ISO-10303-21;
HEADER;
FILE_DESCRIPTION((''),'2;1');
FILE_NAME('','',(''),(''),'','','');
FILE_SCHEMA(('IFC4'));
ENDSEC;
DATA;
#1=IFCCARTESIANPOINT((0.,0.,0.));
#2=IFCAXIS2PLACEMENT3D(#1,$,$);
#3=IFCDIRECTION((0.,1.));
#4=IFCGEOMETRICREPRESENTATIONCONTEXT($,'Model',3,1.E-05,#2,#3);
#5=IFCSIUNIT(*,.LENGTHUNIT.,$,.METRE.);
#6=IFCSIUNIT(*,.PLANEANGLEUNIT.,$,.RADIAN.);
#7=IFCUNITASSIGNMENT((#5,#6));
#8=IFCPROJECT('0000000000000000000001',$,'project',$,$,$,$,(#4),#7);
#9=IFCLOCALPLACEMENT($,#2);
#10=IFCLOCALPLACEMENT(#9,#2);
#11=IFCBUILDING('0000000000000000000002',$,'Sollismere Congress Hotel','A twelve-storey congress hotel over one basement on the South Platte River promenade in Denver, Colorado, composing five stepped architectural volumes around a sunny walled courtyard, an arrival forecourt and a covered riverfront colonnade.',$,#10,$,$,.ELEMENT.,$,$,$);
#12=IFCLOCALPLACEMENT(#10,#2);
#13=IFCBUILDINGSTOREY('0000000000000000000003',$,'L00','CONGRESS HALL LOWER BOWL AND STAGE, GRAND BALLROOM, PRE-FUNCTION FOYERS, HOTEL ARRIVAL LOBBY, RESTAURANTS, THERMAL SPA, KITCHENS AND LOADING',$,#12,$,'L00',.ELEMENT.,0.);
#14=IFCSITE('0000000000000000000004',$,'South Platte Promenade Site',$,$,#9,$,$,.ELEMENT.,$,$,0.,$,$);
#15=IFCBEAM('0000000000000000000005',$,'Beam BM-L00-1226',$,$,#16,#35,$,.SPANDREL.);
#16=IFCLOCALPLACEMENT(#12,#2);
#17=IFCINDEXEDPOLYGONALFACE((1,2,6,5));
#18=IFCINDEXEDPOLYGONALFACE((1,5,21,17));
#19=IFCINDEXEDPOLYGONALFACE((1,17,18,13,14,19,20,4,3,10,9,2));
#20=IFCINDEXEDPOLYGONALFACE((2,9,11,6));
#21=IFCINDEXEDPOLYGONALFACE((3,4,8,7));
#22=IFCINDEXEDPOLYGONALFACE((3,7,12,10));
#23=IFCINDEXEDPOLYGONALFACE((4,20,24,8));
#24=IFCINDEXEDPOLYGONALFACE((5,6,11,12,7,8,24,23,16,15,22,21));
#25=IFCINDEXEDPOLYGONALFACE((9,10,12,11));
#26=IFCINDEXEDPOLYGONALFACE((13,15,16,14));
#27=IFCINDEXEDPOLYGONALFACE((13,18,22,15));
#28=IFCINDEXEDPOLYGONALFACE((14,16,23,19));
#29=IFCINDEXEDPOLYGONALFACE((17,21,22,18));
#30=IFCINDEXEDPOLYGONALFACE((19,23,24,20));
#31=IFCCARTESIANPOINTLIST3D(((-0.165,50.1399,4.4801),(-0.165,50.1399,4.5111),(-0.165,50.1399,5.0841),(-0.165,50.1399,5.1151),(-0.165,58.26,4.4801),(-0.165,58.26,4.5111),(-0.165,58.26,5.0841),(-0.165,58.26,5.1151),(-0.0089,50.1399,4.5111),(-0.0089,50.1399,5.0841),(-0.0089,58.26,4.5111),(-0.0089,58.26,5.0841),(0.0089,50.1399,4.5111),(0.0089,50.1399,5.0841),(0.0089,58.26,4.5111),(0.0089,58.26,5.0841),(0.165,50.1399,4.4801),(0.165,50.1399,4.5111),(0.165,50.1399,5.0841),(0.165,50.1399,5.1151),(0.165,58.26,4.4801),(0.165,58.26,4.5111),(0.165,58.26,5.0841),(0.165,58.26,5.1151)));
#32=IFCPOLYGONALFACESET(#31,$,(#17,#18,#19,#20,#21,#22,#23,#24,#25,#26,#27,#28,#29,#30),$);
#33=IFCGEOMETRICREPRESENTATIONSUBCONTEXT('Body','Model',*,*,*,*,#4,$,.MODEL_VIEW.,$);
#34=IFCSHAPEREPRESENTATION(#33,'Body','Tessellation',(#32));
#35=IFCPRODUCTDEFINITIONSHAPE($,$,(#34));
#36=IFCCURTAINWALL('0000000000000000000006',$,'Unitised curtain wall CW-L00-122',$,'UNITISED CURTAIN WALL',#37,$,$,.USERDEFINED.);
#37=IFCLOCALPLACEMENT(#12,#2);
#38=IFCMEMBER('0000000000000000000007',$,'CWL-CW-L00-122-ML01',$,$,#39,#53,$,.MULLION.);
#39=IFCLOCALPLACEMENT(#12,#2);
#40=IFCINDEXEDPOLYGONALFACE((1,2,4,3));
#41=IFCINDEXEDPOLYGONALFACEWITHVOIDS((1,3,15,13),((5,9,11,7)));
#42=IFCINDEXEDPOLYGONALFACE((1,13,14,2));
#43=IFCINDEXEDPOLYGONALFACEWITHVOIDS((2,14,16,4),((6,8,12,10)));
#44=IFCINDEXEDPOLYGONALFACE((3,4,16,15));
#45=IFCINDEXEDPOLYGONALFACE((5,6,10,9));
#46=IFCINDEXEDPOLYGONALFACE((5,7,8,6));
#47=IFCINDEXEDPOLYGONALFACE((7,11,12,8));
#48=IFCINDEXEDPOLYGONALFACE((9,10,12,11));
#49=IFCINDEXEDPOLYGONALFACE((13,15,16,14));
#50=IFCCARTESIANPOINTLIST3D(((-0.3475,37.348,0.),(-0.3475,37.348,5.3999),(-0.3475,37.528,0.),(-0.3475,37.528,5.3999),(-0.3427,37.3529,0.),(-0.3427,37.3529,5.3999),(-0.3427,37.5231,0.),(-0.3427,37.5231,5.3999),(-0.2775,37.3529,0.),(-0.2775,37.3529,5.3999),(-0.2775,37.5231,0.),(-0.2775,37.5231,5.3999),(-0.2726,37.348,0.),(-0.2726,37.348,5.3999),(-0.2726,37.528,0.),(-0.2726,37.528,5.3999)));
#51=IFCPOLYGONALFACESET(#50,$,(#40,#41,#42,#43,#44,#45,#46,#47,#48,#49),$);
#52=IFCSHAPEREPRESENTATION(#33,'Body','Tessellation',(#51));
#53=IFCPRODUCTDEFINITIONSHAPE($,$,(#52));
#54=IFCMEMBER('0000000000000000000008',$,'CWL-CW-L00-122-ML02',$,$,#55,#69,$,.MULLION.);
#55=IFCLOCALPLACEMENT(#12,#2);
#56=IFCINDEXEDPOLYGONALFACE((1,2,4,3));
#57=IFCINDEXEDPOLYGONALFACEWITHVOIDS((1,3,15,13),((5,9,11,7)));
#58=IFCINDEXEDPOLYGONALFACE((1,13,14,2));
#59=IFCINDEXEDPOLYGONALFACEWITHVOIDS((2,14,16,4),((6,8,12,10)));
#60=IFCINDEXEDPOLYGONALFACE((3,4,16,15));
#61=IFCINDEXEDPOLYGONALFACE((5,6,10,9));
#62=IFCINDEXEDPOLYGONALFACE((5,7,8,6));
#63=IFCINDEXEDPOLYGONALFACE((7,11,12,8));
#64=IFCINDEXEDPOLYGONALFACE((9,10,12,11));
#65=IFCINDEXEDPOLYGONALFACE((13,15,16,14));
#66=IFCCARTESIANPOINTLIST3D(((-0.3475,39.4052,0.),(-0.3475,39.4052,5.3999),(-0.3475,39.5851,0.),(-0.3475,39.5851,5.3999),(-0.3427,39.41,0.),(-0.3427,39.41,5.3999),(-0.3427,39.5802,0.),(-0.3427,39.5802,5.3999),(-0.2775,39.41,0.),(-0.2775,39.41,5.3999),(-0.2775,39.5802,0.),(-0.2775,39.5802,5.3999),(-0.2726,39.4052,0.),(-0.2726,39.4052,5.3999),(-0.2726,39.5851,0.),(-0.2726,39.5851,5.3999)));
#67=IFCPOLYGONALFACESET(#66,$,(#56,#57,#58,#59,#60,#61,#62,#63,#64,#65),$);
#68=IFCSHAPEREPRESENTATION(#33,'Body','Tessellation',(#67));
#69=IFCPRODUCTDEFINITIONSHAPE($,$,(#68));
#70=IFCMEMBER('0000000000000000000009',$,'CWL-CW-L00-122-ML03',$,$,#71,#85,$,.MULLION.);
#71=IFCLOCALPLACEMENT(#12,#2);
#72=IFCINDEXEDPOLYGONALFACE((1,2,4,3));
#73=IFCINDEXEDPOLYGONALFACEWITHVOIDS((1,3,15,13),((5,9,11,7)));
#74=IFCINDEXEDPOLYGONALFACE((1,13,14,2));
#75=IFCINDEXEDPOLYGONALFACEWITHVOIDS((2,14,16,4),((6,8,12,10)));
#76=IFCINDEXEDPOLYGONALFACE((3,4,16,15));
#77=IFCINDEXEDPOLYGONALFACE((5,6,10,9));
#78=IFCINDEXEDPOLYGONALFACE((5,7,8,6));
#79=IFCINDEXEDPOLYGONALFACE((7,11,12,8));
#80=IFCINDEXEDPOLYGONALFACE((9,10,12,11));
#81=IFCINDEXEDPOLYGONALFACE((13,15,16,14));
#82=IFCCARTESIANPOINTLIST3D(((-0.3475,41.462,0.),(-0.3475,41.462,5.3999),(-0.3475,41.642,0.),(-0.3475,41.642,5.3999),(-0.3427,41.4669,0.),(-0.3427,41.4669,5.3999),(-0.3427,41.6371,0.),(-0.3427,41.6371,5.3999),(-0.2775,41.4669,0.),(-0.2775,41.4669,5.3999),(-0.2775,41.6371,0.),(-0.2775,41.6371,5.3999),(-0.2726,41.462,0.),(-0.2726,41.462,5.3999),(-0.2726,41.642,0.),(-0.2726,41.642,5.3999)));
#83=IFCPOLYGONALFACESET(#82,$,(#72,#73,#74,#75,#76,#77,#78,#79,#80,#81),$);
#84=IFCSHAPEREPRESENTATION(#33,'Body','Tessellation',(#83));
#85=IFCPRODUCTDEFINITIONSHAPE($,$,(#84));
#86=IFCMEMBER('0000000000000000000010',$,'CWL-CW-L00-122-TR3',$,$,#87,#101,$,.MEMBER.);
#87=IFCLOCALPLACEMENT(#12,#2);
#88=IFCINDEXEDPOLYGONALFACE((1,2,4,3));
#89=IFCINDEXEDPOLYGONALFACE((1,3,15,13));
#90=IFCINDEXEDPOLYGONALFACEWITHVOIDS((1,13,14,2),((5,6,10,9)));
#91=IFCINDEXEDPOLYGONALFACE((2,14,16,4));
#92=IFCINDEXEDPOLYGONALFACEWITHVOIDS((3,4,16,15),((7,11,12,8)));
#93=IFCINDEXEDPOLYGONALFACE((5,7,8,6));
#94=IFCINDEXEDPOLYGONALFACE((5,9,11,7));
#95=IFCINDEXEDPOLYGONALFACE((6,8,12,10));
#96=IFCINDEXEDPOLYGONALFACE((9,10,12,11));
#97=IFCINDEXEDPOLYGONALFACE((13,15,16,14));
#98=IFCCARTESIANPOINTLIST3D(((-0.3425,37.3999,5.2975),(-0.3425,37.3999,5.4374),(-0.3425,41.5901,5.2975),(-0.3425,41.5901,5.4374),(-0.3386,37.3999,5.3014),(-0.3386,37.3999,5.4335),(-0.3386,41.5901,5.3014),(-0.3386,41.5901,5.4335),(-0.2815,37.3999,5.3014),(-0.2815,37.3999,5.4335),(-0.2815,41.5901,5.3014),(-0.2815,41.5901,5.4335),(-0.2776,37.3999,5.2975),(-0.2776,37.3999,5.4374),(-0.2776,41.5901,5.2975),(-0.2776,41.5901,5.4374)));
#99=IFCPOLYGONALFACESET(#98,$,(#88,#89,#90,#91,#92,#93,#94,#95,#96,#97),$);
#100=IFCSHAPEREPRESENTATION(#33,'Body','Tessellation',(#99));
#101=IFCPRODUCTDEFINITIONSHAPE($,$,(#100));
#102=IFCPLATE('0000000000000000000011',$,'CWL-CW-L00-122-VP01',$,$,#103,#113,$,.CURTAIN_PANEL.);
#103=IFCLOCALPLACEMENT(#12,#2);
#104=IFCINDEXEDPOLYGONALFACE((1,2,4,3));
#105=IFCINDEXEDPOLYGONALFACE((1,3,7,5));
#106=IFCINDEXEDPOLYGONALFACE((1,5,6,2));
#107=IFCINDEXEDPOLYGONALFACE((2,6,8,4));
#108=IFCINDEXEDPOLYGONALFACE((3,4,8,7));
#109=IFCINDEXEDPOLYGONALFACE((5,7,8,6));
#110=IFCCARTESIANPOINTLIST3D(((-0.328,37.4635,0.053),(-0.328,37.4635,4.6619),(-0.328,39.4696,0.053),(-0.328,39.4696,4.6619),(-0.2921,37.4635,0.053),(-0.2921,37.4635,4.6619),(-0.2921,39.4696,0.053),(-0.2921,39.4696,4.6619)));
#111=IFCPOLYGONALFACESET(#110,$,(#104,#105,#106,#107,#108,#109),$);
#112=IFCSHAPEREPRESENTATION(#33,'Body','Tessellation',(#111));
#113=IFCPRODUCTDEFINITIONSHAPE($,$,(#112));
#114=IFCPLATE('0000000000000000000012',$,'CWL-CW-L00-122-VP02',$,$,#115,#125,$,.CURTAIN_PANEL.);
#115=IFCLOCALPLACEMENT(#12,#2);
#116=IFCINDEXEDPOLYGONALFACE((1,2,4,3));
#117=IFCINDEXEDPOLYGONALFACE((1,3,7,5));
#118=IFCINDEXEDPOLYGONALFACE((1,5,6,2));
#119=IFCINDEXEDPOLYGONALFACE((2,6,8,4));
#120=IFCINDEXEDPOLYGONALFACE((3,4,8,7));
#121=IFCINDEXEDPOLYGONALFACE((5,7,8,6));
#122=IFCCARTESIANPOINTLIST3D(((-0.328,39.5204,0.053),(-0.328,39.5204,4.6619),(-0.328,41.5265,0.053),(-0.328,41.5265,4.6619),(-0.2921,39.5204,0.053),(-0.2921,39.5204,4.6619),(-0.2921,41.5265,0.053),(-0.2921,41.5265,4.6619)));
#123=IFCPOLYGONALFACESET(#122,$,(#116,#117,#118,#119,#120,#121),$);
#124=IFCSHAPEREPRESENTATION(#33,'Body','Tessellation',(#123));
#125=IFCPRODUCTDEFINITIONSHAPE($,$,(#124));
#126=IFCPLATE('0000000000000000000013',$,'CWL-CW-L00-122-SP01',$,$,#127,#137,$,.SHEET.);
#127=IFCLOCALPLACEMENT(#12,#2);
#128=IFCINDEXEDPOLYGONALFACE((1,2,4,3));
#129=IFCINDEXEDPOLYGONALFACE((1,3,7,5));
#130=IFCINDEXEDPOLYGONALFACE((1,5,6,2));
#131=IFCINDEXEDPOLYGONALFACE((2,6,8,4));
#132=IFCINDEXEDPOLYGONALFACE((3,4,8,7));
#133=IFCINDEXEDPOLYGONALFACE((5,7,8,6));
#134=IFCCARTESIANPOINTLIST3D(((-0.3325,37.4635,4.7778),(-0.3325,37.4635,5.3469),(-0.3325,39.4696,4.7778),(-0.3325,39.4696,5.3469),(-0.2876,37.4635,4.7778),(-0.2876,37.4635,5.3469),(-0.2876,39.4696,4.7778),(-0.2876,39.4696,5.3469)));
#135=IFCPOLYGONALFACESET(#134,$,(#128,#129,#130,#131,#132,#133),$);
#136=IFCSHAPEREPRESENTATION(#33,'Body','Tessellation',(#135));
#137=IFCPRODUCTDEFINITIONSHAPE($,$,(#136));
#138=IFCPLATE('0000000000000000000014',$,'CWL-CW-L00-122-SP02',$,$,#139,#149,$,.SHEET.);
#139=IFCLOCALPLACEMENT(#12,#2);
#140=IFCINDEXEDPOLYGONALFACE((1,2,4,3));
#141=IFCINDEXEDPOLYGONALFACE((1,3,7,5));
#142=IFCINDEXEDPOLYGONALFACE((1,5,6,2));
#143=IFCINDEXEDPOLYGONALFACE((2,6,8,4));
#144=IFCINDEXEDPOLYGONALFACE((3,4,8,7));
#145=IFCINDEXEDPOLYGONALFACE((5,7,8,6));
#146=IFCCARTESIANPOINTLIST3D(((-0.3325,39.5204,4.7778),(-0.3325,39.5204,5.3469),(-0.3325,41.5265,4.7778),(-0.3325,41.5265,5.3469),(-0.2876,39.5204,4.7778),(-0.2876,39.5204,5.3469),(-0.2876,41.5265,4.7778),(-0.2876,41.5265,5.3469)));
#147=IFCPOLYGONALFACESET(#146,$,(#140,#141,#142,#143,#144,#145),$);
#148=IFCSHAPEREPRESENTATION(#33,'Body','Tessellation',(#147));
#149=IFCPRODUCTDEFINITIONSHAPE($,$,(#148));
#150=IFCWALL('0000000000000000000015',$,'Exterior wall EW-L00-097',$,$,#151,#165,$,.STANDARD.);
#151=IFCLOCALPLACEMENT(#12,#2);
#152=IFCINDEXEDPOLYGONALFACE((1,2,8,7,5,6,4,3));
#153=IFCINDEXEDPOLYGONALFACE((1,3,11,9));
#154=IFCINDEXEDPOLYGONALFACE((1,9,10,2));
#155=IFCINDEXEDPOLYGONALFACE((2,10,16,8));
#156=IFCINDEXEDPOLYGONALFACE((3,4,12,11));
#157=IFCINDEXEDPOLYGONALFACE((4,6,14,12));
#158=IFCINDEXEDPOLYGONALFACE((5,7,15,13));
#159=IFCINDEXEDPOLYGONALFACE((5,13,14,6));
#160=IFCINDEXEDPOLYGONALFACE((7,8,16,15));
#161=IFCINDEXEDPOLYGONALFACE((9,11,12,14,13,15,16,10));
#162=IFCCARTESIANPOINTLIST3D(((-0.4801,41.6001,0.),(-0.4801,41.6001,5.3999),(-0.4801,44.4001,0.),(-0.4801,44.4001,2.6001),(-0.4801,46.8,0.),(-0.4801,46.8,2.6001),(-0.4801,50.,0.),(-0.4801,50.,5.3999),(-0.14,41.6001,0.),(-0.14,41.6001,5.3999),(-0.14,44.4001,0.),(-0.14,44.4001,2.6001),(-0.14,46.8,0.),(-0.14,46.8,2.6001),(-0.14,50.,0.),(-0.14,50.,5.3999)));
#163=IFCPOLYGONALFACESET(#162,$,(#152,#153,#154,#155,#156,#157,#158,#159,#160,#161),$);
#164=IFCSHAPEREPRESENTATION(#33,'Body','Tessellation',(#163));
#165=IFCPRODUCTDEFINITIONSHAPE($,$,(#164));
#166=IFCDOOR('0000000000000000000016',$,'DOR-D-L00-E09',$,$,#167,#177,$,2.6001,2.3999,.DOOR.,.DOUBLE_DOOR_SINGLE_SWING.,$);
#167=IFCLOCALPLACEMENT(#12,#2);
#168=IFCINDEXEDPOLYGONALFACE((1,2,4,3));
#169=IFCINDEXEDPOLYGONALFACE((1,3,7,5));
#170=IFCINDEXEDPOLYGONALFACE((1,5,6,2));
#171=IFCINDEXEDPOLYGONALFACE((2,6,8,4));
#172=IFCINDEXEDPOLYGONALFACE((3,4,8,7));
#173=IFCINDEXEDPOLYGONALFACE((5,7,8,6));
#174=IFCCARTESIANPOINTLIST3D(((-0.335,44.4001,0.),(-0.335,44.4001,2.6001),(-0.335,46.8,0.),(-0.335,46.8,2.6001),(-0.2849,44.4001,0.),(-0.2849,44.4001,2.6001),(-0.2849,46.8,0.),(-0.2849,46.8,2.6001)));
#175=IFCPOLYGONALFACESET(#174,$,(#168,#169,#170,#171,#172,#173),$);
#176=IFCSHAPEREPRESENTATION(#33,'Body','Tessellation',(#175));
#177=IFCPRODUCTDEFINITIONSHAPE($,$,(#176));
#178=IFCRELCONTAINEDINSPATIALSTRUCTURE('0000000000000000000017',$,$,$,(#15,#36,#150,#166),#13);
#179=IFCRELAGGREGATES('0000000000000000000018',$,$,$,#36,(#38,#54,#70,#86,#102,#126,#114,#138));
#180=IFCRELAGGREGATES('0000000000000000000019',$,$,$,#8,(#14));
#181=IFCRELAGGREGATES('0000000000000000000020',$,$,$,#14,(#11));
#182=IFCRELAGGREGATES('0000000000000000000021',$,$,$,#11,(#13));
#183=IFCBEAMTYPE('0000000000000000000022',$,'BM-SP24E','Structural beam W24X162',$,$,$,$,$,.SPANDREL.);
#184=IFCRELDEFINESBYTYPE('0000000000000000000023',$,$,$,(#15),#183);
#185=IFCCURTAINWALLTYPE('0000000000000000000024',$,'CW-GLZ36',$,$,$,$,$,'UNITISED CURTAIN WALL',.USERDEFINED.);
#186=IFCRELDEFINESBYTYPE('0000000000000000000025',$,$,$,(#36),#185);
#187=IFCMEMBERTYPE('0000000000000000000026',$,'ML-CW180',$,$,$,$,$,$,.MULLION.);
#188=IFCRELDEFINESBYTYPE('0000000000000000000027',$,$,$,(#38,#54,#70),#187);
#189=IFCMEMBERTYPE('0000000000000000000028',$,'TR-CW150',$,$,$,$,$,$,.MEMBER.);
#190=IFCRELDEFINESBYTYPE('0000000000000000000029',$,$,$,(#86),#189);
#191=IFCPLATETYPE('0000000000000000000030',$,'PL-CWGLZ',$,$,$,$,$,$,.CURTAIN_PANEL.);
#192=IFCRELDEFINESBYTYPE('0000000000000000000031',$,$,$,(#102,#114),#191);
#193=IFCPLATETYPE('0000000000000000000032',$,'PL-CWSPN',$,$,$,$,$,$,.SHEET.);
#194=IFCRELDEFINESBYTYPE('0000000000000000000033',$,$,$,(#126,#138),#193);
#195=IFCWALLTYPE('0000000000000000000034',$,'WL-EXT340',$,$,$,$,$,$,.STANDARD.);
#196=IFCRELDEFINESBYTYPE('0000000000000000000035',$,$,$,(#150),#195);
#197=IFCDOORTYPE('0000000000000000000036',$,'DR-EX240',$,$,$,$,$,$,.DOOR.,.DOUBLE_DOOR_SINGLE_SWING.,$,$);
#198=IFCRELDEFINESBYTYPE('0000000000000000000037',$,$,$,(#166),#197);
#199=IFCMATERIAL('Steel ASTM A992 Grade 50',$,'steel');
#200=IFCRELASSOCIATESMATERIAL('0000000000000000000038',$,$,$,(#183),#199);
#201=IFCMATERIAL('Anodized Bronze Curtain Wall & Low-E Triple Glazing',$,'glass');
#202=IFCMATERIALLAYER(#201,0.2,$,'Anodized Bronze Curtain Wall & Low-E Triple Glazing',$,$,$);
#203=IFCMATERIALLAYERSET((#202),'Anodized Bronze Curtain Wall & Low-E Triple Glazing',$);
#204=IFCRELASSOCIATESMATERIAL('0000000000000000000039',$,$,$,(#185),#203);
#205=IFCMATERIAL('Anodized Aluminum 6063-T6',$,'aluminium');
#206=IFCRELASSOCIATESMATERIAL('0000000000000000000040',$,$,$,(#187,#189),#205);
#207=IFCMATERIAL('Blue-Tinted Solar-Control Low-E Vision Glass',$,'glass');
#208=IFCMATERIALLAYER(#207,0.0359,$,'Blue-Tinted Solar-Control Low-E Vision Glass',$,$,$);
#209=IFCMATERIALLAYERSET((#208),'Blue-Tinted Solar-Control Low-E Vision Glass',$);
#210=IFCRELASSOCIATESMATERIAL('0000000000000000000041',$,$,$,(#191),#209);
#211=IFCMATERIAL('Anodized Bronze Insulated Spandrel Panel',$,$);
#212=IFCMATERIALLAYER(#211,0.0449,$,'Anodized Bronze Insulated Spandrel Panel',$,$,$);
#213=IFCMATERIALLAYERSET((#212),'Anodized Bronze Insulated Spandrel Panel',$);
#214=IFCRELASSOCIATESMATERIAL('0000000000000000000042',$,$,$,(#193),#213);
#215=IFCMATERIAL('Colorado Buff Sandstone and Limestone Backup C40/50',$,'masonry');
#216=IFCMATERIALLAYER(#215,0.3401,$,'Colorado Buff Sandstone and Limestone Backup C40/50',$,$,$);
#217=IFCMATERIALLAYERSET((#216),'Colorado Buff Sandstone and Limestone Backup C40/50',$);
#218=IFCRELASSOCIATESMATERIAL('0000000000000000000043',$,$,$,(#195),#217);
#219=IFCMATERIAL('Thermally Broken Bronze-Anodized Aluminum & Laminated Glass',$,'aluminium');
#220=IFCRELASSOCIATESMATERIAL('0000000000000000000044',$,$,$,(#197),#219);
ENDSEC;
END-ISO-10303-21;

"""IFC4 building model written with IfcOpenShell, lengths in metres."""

from ifc_helpers import new_model, si_unit, direction, frame, frame_2d, origin, origin_2d, place, context, subcontext, project, spatial, rectangle, hollow_rectangle, i_section, extrude, material, layer, layer_set, material_profile, profile_set, type_object, element, fill, aggregate, save


model = new_model("IFC4")

# Units and contexts
model_context = context("Model", 3, precision=1e-05, world=origin(), true_north=direction((0.0, 1.0)))
body_context = subcontext(model_context, "Body", "Model", "MODEL_VIEW")
ifc_project = project(units=[si_unit("LENGTHUNIT", "METRE"), si_unit("PLANEANGLEUNIT", "RADIAN")], contexts=[model_context])

# Site, building, storey
site_placement = place(None, origin())
site = spatial("IfcSite", under=ifc_project, at=site_placement, Name="South Platte Promenade Site", CompositionType="ELEMENT", RefElevation=0.0)
building_placement = place(site_placement, origin())
building = spatial("IfcBuilding", under=site, at=building_placement, Name="Sollismere Congress Hotel", Description="A twelve-storey congress hotel over one basement on the South Platte River promenade in Denver, Colorado, composing five stepped architectural volumes around a sunny walled courtyard, an arrival forecourt and a covered riverfront colonnade.", CompositionType="ELEMENT")
storey_placement = place(building_placement, origin())
storey = spatial("IfcBuildingStorey", under=building, at=storey_placement, Name="L00", Description="CONGRESS HALL LOWER BOWL AND STAGE, GRAND BALLROOM, PRE-FUNCTION FOYERS, HOTEL ARRIVAL LOBBY, RESTAURANTS, THERMAL SPA, KITCHENS AND LOADING", LongName="L00", CompositionType="ELEMENT", Elevation=0.0)

# Shared definitions
ifc_material_1 = material(Name="Steel ASTM A992 Grade 50", Category="steel")

# Beam
ifc_material_profile_1 = material_profile(ifc_material_1, i_section(OverallWidth=0.3301, OverallDepth=0.635, WebThickness=0.0178, FlangeThickness=0.031, at=origin_2d()), Name="W24X162")
ifc_profile_set_1 = profile_set([ifc_material_profile_1], Name="Steel ASTM A992 Grade 50")
beam_type_1 = type_object("IfcBeamType", Name="BM-SP24E", Description="Structural beam W24X162", PredefinedType="SPANDREL", material=ifc_profile_set_1)
for number, where, z_axis, x_axis, name in (
    (1, (0.0, 50.1399, 4.7976), (0.0, 1.0, 0.0), (-1.0, 0.0, 0.0), "Beam BM-L00-1226"),
):
    element("IfcBeam", number, at=place(storey_placement, frame(where, z_axis=z_axis, x_axis=x_axis)), inside=storey, type_object=beam_type_1, Name=name, PredefinedType="SPANDREL", context=body_context, shape_type="SweptSolid", body=[
        extrude(i_section(OverallWidth=0.3301, OverallDepth=0.635, WebThickness=0.0178, FlangeThickness=0.031, at=origin_2d()), origin(), (0.0, 0.0, 1.0), 8.1201),
    ])

# Curtain wall, members, plates
ifc_material_2 = material(Name="Anodized Bronze Curtain Wall & Low-E Triple Glazing", Category="glass")
ifc_layer_1 = layer(ifc_material_2, 0.2, Name="Anodized Bronze Curtain Wall & Low-E Triple Glazing")
ifc_layer_set_1 = layer_set([ifc_layer_1], Name="Anodized Bronze Curtain Wall & Low-E Triple Glazing")
curtain_wall_type = type_object("IfcCurtainWallType", Name="CW-GLZ36", ElementType="UNITISED CURTAIN WALL", PredefinedType="USERDEFINED", material=ifc_layer_set_1)
curtain_wall_placement = place(storey_placement, origin())
curtain_wall = element("IfcCurtainWall", 2, at=curtain_wall_placement, inside=storey, type_object=curtain_wall_type, Name="Unitised curtain wall CW-L00-122", ObjectType="UNITISED CURTAIN WALL", PredefinedType="USERDEFINED")
ifc_material_3 = material(Name="Anodized Aluminum 6063-T6", Category="aluminium")
ifc_material_profile_2 = material_profile(ifc_material_3, hollow_rectangle(XDim=0.075, YDim=0.1799, WallThickness=0.0049, at=origin_2d()), Name="ALU180X75X5")
ifc_profile_set_2 = profile_set([ifc_material_profile_2], Name="Anodized Aluminum 6063-T6")
member_type_1 = type_object("IfcMemberType", Name="ML-CW180", PredefinedType="MULLION", material=ifc_profile_set_2)
member_1_placement = place(storey_placement, frame((-0.3101, 37.438, 0.0), z_axis=(0.0, 0.0, 1.0), x_axis=(-1.0, 0.0, 0.0)))
member_1 = element("IfcMember", 3, at=member_1_placement, type_object=member_type_1, Name="CWL-CW-L00-122-ML01", PredefinedType="MULLION", context=body_context, shape_type="SweptSolid", body=[
    extrude(hollow_rectangle(XDim=0.075, YDim=0.1799, WallThickness=0.0049, at=origin_2d()), origin(), (0.0, 0.0, 1.0), 5.3999),
])
member_2_placement = place(storey_placement, frame((-0.3101, 39.4951, 0.0), z_axis=(0.0, 0.0, 1.0), x_axis=(-1.0, 0.0, 0.0)))
member_2 = element("IfcMember", 4, at=member_2_placement, type_object=member_type_1, Name="CWL-CW-L00-122-ML02", PredefinedType="MULLION", context=body_context, shape_type="SweptSolid", body=[
    extrude(hollow_rectangle(XDim=0.075, YDim=0.1799, WallThickness=0.0049, at=origin_2d()), origin(), (0.0, 0.0, 1.0), 5.3999),
])
member_3_placement = place(storey_placement, frame((-0.3101, 41.552, 0.0), z_axis=(0.0, 0.0, 1.0), x_axis=(-1.0, 0.0, 0.0)))
member_3 = element("IfcMember", 5, at=member_3_placement, type_object=member_type_1, Name="CWL-CW-L00-122-ML03", PredefinedType="MULLION", context=body_context, shape_type="SweptSolid", body=[
    extrude(hollow_rectangle(XDim=0.075, YDim=0.1799, WallThickness=0.0049, at=origin_2d()), origin(), (0.0, 0.0, 1.0), 5.3999),
])
ifc_material_profile_3 = material_profile(ifc_material_3, hollow_rectangle(XDim=0.0649, YDim=0.1399, WallThickness=0.0039, at=origin_2d()), Name="ALU140X65X4")
ifc_profile_set_3 = profile_set([ifc_material_profile_3], Name="Anodized Aluminum 6063-T6")
member_type_2 = type_object("IfcMemberType", Name="TR-CW150", PredefinedType="MEMBER", material=ifc_profile_set_3)
member_4_placement = place(storey_placement, frame((-0.3101, 37.3999, 5.3674), z_axis=(0.0, 1.0, 0.0), x_axis=(-1.0, 0.0, 0.0)))
member_4 = element("IfcMember", 6, at=member_4_placement, type_object=member_type_2, Name="CWL-CW-L00-122-TR3", PredefinedType="MEMBER", context=body_context, shape_type="SweptSolid", body=[
    extrude(hollow_rectangle(XDim=0.0649, YDim=0.1399, WallThickness=0.0039, at=origin_2d()), origin(), (0.0, 0.0, 1.0), 4.1902),
])
ifc_material_4 = material(Name="Blue-Tinted Solar-Control Low-E Vision Glass", Category="glass")
ifc_layer_2 = layer(ifc_material_4, 0.0359, Name="Blue-Tinted Solar-Control Low-E Vision Glass")
ifc_layer_set_2 = layer_set([ifc_layer_2], Name="Blue-Tinted Solar-Control Low-E Vision Glass")
plate_type_1 = type_object("IfcPlateType", Name="PL-CWGLZ", PredefinedType="CURTAIN_PANEL", material=ifc_layer_set_2)
plate_1_placement = place(storey_placement, frame((-0.3101, 38.4666, 0.053), z_axis=(0.0, 0.0, 1.0), x_axis=(0.0, 1.0, 0.0)))
plate_1 = element("IfcPlate", 7, at=plate_1_placement, type_object=plate_type_1, Name="CWL-CW-L00-122-VP01", PredefinedType="CURTAIN_PANEL", context=body_context, shape_type="SweptSolid", body=[
    extrude(rectangle(XDim=2.0061, YDim=0.0359, at=origin_2d()), origin(), (0.0, 0.0, 1.0), 4.6089),
])
plate_2_placement = place(storey_placement, frame((-0.3101, 40.5234, 0.053), z_axis=(0.0, 0.0, 1.0), x_axis=(0.0, 1.0, 0.0)))
plate_2 = element("IfcPlate", 8, at=plate_2_placement, type_object=plate_type_1, Name="CWL-CW-L00-122-VP02", PredefinedType="CURTAIN_PANEL", context=body_context, shape_type="SweptSolid", body=[
    extrude(rectangle(XDim=2.0061, YDim=0.0359, at=origin_2d()), origin(), (0.0, 0.0, 1.0), 4.6089),
])
ifc_material_5 = material(Name="Anodized Bronze Insulated Spandrel Panel")
ifc_layer_3 = layer(ifc_material_5, 0.0449, Name="Anodized Bronze Insulated Spandrel Panel")
ifc_layer_set_3 = layer_set([ifc_layer_3], Name="Anodized Bronze Insulated Spandrel Panel")
plate_type_2 = type_object("IfcPlateType", Name="PL-CWSPN", PredefinedType="SHEET", material=ifc_layer_set_3)
plate_3_placement = place(storey_placement, frame((-0.3101, 38.4666, 4.7778), z_axis=(0.0, 0.0, 1.0), x_axis=(0.0, 1.0, 0.0)))
plate_3 = element("IfcPlate", 9, at=plate_3_placement, type_object=plate_type_2, Name="CWL-CW-L00-122-SP01", PredefinedType="SHEET", context=body_context, shape_type="SweptSolid", body=[
    extrude(rectangle(XDim=2.0061, YDim=0.0449, at=origin_2d()), origin(), (0.0, 0.0, 1.0), 0.5691),
])
plate_4_placement = place(storey_placement, frame((-0.3101, 40.5234, 4.7778), z_axis=(0.0, 0.0, 1.0), x_axis=(0.0, 1.0, 0.0)))
plate_4 = element("IfcPlate", 10, at=plate_4_placement, type_object=plate_type_2, Name="CWL-CW-L00-122-SP02", PredefinedType="SHEET", context=body_context, shape_type="SweptSolid", body=[
    extrude(rectangle(XDim=2.0061, YDim=0.0449, at=origin_2d()), origin(), (0.0, 0.0, 1.0), 0.5691),
])
aggregate(curtain_wall, [member_1, member_2, member_3, member_4, plate_1, plate_3, plate_2, plate_4])

# Wall, opening, door
ifc_material_6 = material(Name="Colorado Buff Sandstone and Limestone Backup C40/50", Category="masonry")
ifc_layer_4 = layer(ifc_material_6, 0.3401, Name="Colorado Buff Sandstone and Limestone Backup C40/50")
ifc_layer_set_4 = layer_set([ifc_layer_4], Name="Colorado Buff Sandstone and Limestone Backup C40/50")
wall_type_1 = type_object("IfcWallType", Name="WL-EXT340", PredefinedType="STANDARD", material=ifc_layer_set_4)
wall_1_placement = place(storey_placement, frame((-0.3101, 41.6001, 0.0), z_axis=(0.0, 0.0, 1.0), x_axis=(0.0, 1.0, 0.0)))
wall_1 = element("IfcWall", 11, at=wall_1_placement, inside=storey, type_object=wall_type_1, Name="Exterior wall EW-L00-097", PredefinedType="STANDARD", context=body_context, shape_type="SweptSolid", body=[
    extrude(rectangle(XDim=8.3999, YDim=0.3401, at=frame_2d((4.2, 0.0))), origin(), (0.0, 0.0, 1.0), 5.3999),
])
opening_1_placement = place(wall_1_placement, frame((2.8, 0.0, 0.0)))
opening_1 = element("IfcOpeningElement", 12, at=opening_1_placement, cuts=wall_1, PredefinedType="OPENING", context=body_context, shape_type="SweptSolid", body=[
    extrude(rectangle(XDim=2.3999, YDim=2.6001, at=frame_2d((1.2, 1.3))), frame((0.0, 0.1799, 0.0), z_axis=(0.0, -1.0, 0.0), x_axis=(1.0, 0.0, 0.0)), (0.0, 0.0, 1.0), 0.3601),
])
ifc_material_7 = material(Name="Thermally Broken Bronze-Anodized Aluminum & Laminated Glass", Category="aluminium")
door_type_1 = type_object("IfcDoorType", Name="DR-EX240", OperationType="DOUBLE_DOOR_SINGLE_SWING", PredefinedType="DOOR", material=ifc_material_7)
door_1_placement = place(opening_1_placement, origin())
door_1 = element("IfcDoor", 13, at=door_1_placement, inside=storey, type_object=door_type_1, Name="DOR-D-L00-E09", OperationType="DOUBLE_DOOR_SINGLE_SWING", OverallHeight=2.6001, OverallWidth=2.3999, PredefinedType="DOOR", context=body_context, shape_type="SweptSolid", body=[
    extrude(rectangle(XDim=2.3999, YDim=2.6001, at=frame_2d((1.2, 1.3))), frame((0.0, 0.0249, 0.0), z_axis=(0.0, -1.0, 0.0), x_axis=(1.0, 0.0, 0.0)), (0.0, 0.0, 1.0), 0.05),
])
fill(opening_1, door_1)

save(model, "model.ifc")
